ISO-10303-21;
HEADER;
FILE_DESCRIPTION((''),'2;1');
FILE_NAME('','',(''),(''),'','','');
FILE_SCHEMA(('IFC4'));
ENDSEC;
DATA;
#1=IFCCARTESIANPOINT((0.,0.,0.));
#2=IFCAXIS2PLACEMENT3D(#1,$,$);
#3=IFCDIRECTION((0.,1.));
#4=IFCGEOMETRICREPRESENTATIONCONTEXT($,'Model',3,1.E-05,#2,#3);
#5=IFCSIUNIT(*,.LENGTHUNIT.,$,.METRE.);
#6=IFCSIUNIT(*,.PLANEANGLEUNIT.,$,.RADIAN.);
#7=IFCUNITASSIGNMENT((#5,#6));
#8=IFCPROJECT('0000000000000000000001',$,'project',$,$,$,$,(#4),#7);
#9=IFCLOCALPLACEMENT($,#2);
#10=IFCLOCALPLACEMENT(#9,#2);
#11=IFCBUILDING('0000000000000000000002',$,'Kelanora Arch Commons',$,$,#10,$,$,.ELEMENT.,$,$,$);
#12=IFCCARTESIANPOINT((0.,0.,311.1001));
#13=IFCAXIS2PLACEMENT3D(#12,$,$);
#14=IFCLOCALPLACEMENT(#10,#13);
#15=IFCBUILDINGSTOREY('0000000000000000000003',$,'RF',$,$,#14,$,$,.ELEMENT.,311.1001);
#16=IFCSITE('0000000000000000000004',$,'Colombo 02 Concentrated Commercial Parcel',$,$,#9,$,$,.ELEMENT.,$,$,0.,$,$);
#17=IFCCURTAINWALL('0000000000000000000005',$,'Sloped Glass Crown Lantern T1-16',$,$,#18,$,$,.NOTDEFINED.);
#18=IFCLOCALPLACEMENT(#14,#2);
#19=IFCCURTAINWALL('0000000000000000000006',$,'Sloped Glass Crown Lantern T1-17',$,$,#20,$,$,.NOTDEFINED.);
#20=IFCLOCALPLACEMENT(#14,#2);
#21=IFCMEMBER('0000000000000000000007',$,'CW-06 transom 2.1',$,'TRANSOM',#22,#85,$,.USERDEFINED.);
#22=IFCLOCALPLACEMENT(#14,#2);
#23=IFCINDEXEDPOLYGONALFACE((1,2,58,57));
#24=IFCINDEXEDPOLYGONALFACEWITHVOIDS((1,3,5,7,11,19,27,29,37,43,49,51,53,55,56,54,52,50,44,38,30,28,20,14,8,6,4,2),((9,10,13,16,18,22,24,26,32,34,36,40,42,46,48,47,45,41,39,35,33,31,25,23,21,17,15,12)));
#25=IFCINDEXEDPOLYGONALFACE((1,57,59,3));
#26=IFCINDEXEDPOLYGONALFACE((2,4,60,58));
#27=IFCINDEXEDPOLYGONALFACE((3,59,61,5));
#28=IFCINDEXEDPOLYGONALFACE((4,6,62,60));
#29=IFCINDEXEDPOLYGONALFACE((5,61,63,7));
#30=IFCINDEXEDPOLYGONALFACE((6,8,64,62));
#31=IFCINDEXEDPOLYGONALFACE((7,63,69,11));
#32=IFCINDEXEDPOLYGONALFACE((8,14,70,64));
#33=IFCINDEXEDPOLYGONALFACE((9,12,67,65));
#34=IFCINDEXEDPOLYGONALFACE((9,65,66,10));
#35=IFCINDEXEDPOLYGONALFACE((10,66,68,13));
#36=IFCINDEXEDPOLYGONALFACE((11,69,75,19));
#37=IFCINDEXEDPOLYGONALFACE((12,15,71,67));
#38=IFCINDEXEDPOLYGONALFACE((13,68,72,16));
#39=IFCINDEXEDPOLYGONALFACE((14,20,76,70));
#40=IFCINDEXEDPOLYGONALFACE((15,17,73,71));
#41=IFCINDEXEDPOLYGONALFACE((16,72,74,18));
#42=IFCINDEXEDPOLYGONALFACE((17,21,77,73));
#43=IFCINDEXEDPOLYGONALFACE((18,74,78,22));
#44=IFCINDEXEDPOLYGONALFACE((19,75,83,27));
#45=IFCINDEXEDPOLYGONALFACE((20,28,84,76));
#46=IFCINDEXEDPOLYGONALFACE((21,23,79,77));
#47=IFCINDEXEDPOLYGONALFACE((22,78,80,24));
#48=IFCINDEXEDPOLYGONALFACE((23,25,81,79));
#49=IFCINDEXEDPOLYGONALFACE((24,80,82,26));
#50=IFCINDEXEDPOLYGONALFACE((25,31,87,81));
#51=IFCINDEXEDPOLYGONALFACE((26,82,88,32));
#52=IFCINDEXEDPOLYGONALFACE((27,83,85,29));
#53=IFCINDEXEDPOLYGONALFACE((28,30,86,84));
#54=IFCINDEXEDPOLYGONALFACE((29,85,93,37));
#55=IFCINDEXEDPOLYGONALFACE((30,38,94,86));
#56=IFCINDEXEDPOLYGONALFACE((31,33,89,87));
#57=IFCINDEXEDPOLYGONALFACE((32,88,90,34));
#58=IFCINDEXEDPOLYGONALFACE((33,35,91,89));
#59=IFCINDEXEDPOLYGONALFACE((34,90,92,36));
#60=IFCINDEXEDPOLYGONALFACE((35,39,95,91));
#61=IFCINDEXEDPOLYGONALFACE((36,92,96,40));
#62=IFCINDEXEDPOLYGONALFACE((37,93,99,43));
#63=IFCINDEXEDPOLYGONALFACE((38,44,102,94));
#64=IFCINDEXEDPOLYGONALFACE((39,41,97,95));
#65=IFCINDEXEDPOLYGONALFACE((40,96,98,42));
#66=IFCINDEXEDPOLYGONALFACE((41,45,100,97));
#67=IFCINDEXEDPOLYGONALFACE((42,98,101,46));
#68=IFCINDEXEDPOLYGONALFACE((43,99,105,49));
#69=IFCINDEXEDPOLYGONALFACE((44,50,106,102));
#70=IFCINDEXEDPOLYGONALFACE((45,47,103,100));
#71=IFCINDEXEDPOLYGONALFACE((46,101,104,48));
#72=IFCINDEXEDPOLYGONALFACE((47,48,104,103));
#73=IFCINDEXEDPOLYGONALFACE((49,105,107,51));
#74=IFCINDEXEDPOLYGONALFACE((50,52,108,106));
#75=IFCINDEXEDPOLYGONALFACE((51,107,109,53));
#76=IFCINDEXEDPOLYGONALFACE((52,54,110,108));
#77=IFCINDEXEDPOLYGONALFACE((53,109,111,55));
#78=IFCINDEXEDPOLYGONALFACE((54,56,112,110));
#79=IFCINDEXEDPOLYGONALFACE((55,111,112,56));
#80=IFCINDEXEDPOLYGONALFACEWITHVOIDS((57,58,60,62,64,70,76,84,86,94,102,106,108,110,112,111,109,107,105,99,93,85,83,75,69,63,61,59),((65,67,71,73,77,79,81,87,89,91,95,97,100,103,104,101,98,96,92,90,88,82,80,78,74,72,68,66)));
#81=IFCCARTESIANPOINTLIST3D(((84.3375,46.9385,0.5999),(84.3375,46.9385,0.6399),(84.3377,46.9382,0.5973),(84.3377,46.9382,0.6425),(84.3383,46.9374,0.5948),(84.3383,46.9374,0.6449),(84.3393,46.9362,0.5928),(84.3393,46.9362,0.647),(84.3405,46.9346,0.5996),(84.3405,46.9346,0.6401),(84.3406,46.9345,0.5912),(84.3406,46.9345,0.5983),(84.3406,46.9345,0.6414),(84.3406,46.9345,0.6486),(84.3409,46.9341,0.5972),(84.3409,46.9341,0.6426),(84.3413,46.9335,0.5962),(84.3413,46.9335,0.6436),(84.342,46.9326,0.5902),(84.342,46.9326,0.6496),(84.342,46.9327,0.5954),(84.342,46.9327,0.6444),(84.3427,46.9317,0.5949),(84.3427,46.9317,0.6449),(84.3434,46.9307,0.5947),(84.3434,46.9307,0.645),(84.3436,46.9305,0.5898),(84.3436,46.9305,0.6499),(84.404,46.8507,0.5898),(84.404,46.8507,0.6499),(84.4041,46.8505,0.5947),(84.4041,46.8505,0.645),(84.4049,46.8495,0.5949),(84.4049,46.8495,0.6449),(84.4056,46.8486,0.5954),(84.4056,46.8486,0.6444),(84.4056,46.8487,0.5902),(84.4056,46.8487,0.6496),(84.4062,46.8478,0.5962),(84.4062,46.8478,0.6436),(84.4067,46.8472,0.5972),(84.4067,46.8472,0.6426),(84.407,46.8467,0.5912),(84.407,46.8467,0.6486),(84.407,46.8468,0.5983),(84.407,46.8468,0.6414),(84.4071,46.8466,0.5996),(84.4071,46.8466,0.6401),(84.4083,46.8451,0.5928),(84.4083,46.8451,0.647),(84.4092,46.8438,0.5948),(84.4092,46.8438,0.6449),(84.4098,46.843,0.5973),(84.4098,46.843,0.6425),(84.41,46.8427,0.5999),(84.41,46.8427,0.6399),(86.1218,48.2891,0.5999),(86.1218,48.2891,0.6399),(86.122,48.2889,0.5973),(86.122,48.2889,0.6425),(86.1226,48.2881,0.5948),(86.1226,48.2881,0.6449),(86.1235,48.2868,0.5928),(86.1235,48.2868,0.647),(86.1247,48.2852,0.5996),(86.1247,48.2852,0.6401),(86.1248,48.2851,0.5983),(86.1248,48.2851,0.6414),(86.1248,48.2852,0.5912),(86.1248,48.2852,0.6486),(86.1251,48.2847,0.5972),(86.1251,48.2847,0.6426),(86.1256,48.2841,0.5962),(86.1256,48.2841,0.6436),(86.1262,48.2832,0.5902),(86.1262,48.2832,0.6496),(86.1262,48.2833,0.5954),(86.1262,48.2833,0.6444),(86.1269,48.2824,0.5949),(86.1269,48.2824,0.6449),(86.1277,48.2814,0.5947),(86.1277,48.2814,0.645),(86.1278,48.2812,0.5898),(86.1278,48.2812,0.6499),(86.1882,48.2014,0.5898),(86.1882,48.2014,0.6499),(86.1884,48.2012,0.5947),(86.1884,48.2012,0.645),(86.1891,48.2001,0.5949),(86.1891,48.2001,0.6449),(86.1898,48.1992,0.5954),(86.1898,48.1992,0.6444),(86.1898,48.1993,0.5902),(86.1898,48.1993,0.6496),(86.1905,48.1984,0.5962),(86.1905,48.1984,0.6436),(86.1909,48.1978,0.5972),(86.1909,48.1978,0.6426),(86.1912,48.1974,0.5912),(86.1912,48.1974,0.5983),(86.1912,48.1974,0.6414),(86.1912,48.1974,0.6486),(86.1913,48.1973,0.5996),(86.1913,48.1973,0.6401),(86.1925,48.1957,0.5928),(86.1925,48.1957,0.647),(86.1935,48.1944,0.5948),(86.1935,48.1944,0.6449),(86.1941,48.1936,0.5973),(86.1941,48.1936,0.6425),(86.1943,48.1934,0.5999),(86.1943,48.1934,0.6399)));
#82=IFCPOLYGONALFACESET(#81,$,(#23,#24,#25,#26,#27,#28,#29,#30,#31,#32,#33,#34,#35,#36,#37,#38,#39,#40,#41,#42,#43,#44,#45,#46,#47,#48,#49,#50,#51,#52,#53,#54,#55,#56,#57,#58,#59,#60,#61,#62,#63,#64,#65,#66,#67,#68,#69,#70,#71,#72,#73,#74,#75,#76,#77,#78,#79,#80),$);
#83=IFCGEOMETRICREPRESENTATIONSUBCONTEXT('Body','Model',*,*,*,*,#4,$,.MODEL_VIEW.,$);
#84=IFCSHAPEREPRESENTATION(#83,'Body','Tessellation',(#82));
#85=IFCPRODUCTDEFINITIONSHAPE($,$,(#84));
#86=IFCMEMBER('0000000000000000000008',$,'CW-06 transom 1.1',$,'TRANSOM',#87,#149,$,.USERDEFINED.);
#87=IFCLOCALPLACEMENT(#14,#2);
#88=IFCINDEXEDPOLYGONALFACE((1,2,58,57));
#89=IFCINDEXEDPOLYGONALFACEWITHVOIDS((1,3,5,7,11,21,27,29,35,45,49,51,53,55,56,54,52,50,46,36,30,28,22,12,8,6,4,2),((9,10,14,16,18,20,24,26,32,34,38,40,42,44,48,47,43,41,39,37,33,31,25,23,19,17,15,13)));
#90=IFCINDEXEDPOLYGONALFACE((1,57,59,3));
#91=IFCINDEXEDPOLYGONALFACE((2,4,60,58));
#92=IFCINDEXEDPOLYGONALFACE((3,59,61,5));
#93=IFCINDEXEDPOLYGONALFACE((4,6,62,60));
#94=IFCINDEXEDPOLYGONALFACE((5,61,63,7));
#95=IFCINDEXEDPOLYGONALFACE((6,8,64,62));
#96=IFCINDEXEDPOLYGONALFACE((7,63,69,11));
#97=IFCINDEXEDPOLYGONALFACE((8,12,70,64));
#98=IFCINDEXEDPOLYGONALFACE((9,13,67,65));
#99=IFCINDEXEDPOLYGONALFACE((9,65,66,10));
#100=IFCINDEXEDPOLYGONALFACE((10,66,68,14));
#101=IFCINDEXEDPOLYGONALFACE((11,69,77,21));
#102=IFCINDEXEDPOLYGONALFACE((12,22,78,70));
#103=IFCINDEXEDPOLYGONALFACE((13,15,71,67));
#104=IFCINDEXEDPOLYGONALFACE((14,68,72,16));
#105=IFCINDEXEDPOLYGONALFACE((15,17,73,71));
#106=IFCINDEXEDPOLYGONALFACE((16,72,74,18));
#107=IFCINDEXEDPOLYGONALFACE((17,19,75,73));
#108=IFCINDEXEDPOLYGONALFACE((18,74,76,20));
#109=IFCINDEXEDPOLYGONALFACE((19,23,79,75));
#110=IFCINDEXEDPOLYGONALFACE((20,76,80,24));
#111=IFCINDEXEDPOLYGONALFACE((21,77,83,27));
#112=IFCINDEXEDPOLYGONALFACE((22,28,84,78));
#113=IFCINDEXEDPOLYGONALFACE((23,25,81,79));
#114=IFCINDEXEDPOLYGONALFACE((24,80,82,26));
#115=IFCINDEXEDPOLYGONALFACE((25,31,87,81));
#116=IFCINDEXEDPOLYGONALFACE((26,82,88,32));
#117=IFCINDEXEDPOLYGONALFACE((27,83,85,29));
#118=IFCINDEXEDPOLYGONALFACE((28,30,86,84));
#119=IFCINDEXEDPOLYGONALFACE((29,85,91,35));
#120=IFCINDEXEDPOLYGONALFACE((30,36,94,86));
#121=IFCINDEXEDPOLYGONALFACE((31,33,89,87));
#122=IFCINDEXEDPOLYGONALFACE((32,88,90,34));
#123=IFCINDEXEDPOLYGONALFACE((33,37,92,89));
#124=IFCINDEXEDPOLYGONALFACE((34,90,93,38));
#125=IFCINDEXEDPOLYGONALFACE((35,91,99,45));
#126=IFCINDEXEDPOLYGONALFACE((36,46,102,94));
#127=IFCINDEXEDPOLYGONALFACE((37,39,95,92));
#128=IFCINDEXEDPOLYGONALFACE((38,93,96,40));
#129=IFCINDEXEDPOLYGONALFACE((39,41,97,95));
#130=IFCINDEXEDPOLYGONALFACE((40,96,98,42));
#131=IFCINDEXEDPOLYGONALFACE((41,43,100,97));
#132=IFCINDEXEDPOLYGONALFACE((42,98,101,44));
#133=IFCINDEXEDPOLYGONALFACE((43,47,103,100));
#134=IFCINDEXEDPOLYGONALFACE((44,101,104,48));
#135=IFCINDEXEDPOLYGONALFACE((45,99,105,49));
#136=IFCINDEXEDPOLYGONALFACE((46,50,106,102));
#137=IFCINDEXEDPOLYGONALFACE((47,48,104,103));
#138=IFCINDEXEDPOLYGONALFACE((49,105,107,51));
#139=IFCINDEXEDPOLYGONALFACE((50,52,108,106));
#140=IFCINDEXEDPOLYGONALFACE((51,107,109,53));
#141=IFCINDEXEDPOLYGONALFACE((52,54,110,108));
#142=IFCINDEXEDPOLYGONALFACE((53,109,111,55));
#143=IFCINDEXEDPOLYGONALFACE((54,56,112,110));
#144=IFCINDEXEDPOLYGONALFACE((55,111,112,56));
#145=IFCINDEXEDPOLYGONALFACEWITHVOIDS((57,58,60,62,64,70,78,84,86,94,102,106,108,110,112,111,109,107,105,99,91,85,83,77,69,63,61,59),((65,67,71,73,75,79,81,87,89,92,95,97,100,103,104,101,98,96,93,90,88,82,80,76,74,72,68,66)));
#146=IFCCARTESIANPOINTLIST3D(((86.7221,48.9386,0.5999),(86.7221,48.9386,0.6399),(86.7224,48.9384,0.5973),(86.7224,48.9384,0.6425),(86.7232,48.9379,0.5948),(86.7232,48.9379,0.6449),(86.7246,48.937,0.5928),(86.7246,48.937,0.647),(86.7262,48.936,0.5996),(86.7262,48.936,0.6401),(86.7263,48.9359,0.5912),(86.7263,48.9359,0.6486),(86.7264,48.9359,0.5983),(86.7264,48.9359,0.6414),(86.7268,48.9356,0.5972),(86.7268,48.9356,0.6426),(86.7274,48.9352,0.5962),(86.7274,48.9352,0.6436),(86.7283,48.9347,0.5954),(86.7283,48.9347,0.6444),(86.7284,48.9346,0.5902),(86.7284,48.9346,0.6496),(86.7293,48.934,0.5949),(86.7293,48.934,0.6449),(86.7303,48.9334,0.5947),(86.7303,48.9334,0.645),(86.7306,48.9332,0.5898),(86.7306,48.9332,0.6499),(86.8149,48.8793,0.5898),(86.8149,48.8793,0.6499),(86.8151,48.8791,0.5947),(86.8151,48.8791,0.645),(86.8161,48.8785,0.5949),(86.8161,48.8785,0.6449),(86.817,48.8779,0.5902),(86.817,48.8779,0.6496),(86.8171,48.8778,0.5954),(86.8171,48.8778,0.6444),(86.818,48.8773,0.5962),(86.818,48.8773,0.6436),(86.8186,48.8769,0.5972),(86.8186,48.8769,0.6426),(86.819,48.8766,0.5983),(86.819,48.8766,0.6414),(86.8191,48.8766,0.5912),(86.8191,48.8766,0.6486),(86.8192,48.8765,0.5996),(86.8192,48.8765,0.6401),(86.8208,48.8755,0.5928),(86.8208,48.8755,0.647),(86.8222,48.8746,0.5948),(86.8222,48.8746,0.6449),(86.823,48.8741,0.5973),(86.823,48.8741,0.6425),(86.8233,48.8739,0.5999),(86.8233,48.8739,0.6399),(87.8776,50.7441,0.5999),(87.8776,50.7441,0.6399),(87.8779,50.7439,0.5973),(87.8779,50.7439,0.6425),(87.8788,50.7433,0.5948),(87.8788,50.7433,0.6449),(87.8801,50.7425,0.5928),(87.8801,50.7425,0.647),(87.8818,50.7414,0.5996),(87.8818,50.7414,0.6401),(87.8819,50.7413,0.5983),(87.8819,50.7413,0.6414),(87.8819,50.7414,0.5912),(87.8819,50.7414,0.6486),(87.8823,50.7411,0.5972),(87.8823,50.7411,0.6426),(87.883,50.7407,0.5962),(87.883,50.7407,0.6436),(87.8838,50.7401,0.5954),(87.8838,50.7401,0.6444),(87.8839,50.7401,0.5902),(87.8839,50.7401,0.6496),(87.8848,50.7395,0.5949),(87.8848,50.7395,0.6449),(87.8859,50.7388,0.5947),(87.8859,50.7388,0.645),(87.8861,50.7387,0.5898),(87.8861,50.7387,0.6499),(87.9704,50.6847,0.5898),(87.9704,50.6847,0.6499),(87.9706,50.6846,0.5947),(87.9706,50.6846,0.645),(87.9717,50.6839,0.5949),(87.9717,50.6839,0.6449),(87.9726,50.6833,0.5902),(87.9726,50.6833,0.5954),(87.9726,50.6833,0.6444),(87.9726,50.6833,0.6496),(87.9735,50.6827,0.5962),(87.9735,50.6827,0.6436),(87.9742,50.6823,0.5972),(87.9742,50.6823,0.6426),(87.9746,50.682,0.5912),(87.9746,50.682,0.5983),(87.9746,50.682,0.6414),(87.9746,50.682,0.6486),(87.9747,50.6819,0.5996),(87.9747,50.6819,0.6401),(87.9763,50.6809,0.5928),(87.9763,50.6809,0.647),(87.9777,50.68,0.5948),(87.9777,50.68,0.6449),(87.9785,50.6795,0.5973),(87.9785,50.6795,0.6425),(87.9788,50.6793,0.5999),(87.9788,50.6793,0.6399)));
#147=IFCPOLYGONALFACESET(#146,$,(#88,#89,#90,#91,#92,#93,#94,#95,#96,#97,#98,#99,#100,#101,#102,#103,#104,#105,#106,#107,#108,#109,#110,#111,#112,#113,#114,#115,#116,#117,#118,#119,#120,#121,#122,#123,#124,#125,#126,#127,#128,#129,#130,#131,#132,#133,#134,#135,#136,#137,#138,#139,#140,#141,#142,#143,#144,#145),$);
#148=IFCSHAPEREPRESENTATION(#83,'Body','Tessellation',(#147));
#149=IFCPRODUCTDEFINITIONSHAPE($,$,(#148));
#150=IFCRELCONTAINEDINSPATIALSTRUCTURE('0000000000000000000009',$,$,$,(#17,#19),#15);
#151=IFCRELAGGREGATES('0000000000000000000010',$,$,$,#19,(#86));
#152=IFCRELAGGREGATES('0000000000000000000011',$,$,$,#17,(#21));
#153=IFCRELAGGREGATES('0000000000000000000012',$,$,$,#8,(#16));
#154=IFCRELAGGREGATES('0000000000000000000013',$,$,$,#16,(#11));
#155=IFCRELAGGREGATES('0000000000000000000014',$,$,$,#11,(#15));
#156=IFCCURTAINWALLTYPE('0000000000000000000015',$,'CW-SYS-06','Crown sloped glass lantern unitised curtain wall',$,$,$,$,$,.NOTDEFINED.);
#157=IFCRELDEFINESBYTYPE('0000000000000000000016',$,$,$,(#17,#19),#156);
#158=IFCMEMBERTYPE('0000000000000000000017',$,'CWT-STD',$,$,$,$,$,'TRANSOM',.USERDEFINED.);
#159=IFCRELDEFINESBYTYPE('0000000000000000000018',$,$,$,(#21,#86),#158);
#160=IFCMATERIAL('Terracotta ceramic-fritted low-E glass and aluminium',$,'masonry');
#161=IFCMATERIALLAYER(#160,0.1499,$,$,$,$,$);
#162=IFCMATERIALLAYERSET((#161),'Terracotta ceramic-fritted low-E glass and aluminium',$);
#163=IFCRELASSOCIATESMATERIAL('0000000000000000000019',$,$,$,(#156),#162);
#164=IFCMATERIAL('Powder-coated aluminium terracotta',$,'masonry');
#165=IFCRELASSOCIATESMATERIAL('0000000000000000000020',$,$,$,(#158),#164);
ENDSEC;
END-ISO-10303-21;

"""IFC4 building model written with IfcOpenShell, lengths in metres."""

from ifc_helpers import new_model, si_unit, direction, frame, origin, origin_2d, place, context, subcontext, project, spatial, hollow_rectangle, extrude, material, layer, layer_set, material_profile, profile_set, type_object, element, aggregate, save


model = new_model("IFC4")

# Units and contexts
model_context = context("Model", 3, precision=1e-05, world=origin(), true_north=direction((0.0, 1.0)))
body_context = subcontext(model_context, "Body", "Model", "MODEL_VIEW")
ifc_project = project(units=[si_unit("LENGTHUNIT", "METRE"), si_unit("PLANEANGLEUNIT", "RADIAN")], contexts=[model_context])

# Site, building, storey
site_placement = place(None, origin())
site = spatial("IfcSite", under=ifc_project, at=site_placement, Name="Colombo 02 Concentrated Commercial Parcel", CompositionType="ELEMENT", RefElevation=0.0)
building_placement = place(site_placement, origin())
building = spatial("IfcBuilding", under=site, at=building_placement, Name="Kelanora Arch Commons", CompositionType="ELEMENT")
storey_placement = place(building_placement, frame((0.0, 0.0, 311.1001)))
storey = spatial("IfcBuildingStorey", under=building, at=storey_placement, Name="RF", CompositionType="ELEMENT", Elevation=311.1001)

# Curtain walls
ifc_material_1 = material(Name="Terracotta ceramic-fritted low-E glass and aluminium", Category="masonry")
ifc_layer_1 = layer(ifc_material_1, 0.1499)
ifc_layer_set_1 = layer_set([ifc_layer_1], Name="Terracotta ceramic-fritted low-E glass and aluminium")
curtain_wall_type = type_object("IfcCurtainWallType", Name="CW-SYS-06", Description="Crown sloped glass lantern unitised curtain wall", PredefinedType="NOTDEFINED", material=ifc_layer_set_1)
curtain_wall_1_placement = place(storey_placement, origin())
curtain_wall_1 = element("IfcCurtainWall", 1, at=curtain_wall_1_placement, inside=storey, type_object=curtain_wall_type, Name="Sloped Glass Crown Lantern T1-16", PredefinedType="NOTDEFINED")
ifc_material_2 = material(Name="Powder-coated aluminium terracotta", Category="masonry")
curtain_wall_2_placement = place(storey_placement, origin())
curtain_wall_2 = element("IfcCurtainWall", 2, at=curtain_wall_2_placement, inside=storey, type_object=curtain_wall_type, Name="Sloped Glass Crown Lantern T1-17", PredefinedType="NOTDEFINED")

# Members
ifc_material_profile_1 = material_profile(ifc_material_2, hollow_rectangle(XDim=0.1201, YDim=0.0601, WallThickness=0.0049, InnerFilletRadius=0.0049, OuterFilletRadius=0.01, at=origin_2d()), Name="CWT120x60")
ifc_profile_set_1 = profile_set([ifc_material_profile_1], Name="Powder-coated aluminium terracotta")
member_type_1 = type_object("IfcMemberType", Name="CWT-STD", ElementType="TRANSOM", PredefinedType="USERDEFINED", material=ifc_profile_set_1)
member_1_placement = place(storey_placement, frame((84.3738, 46.8906, 0.6199), z_axis=(0.797321, 0.603555, 0.0), x_axis=(-0.603555, 0.797321, 0.0)))
member_1 = element("IfcMember", 3, at=member_1_placement, type_object=member_type_1, Name="CW-06 transom 2.1", ObjectType="TRANSOM", PredefinedType="USERDEFINED", context=body_context, shape_type="SweptSolid", body=[
    extrude(hollow_rectangle(XDim=0.1201, YDim=0.0601, WallThickness=0.0049, InnerFilletRadius=0.0049, OuterFilletRadius=0.01, at=origin_2d()), origin(), (0.0, 0.0, 1.0), 2.2378),
])
member_2_placement = place(storey_placement, frame((86.7727, 48.9062, 0.6199), z_axis=(0.53907, 0.842261, 0.0), x_axis=(-0.842261, 0.53907, 0.0)))
member_2 = element("IfcMember", 4, at=member_2_placement, type_object=member_type_1, Name="CW-06 transom 1.1", ObjectType="TRANSOM", PredefinedType="USERDEFINED", context=body_context, shape_type="SweptSolid", body=[
    extrude(hollow_rectangle(XDim=0.1201, YDim=0.0601, WallThickness=0.0049, InnerFilletRadius=0.0049, OuterFilletRadius=0.01, at=origin_2d()), origin(), (0.0, 0.0, 1.0), 2.1436),
])

aggregate(curtain_wall_2, [member_2])
aggregate(curtain_wall_1, [member_1])

save(model, "model.ifc")
